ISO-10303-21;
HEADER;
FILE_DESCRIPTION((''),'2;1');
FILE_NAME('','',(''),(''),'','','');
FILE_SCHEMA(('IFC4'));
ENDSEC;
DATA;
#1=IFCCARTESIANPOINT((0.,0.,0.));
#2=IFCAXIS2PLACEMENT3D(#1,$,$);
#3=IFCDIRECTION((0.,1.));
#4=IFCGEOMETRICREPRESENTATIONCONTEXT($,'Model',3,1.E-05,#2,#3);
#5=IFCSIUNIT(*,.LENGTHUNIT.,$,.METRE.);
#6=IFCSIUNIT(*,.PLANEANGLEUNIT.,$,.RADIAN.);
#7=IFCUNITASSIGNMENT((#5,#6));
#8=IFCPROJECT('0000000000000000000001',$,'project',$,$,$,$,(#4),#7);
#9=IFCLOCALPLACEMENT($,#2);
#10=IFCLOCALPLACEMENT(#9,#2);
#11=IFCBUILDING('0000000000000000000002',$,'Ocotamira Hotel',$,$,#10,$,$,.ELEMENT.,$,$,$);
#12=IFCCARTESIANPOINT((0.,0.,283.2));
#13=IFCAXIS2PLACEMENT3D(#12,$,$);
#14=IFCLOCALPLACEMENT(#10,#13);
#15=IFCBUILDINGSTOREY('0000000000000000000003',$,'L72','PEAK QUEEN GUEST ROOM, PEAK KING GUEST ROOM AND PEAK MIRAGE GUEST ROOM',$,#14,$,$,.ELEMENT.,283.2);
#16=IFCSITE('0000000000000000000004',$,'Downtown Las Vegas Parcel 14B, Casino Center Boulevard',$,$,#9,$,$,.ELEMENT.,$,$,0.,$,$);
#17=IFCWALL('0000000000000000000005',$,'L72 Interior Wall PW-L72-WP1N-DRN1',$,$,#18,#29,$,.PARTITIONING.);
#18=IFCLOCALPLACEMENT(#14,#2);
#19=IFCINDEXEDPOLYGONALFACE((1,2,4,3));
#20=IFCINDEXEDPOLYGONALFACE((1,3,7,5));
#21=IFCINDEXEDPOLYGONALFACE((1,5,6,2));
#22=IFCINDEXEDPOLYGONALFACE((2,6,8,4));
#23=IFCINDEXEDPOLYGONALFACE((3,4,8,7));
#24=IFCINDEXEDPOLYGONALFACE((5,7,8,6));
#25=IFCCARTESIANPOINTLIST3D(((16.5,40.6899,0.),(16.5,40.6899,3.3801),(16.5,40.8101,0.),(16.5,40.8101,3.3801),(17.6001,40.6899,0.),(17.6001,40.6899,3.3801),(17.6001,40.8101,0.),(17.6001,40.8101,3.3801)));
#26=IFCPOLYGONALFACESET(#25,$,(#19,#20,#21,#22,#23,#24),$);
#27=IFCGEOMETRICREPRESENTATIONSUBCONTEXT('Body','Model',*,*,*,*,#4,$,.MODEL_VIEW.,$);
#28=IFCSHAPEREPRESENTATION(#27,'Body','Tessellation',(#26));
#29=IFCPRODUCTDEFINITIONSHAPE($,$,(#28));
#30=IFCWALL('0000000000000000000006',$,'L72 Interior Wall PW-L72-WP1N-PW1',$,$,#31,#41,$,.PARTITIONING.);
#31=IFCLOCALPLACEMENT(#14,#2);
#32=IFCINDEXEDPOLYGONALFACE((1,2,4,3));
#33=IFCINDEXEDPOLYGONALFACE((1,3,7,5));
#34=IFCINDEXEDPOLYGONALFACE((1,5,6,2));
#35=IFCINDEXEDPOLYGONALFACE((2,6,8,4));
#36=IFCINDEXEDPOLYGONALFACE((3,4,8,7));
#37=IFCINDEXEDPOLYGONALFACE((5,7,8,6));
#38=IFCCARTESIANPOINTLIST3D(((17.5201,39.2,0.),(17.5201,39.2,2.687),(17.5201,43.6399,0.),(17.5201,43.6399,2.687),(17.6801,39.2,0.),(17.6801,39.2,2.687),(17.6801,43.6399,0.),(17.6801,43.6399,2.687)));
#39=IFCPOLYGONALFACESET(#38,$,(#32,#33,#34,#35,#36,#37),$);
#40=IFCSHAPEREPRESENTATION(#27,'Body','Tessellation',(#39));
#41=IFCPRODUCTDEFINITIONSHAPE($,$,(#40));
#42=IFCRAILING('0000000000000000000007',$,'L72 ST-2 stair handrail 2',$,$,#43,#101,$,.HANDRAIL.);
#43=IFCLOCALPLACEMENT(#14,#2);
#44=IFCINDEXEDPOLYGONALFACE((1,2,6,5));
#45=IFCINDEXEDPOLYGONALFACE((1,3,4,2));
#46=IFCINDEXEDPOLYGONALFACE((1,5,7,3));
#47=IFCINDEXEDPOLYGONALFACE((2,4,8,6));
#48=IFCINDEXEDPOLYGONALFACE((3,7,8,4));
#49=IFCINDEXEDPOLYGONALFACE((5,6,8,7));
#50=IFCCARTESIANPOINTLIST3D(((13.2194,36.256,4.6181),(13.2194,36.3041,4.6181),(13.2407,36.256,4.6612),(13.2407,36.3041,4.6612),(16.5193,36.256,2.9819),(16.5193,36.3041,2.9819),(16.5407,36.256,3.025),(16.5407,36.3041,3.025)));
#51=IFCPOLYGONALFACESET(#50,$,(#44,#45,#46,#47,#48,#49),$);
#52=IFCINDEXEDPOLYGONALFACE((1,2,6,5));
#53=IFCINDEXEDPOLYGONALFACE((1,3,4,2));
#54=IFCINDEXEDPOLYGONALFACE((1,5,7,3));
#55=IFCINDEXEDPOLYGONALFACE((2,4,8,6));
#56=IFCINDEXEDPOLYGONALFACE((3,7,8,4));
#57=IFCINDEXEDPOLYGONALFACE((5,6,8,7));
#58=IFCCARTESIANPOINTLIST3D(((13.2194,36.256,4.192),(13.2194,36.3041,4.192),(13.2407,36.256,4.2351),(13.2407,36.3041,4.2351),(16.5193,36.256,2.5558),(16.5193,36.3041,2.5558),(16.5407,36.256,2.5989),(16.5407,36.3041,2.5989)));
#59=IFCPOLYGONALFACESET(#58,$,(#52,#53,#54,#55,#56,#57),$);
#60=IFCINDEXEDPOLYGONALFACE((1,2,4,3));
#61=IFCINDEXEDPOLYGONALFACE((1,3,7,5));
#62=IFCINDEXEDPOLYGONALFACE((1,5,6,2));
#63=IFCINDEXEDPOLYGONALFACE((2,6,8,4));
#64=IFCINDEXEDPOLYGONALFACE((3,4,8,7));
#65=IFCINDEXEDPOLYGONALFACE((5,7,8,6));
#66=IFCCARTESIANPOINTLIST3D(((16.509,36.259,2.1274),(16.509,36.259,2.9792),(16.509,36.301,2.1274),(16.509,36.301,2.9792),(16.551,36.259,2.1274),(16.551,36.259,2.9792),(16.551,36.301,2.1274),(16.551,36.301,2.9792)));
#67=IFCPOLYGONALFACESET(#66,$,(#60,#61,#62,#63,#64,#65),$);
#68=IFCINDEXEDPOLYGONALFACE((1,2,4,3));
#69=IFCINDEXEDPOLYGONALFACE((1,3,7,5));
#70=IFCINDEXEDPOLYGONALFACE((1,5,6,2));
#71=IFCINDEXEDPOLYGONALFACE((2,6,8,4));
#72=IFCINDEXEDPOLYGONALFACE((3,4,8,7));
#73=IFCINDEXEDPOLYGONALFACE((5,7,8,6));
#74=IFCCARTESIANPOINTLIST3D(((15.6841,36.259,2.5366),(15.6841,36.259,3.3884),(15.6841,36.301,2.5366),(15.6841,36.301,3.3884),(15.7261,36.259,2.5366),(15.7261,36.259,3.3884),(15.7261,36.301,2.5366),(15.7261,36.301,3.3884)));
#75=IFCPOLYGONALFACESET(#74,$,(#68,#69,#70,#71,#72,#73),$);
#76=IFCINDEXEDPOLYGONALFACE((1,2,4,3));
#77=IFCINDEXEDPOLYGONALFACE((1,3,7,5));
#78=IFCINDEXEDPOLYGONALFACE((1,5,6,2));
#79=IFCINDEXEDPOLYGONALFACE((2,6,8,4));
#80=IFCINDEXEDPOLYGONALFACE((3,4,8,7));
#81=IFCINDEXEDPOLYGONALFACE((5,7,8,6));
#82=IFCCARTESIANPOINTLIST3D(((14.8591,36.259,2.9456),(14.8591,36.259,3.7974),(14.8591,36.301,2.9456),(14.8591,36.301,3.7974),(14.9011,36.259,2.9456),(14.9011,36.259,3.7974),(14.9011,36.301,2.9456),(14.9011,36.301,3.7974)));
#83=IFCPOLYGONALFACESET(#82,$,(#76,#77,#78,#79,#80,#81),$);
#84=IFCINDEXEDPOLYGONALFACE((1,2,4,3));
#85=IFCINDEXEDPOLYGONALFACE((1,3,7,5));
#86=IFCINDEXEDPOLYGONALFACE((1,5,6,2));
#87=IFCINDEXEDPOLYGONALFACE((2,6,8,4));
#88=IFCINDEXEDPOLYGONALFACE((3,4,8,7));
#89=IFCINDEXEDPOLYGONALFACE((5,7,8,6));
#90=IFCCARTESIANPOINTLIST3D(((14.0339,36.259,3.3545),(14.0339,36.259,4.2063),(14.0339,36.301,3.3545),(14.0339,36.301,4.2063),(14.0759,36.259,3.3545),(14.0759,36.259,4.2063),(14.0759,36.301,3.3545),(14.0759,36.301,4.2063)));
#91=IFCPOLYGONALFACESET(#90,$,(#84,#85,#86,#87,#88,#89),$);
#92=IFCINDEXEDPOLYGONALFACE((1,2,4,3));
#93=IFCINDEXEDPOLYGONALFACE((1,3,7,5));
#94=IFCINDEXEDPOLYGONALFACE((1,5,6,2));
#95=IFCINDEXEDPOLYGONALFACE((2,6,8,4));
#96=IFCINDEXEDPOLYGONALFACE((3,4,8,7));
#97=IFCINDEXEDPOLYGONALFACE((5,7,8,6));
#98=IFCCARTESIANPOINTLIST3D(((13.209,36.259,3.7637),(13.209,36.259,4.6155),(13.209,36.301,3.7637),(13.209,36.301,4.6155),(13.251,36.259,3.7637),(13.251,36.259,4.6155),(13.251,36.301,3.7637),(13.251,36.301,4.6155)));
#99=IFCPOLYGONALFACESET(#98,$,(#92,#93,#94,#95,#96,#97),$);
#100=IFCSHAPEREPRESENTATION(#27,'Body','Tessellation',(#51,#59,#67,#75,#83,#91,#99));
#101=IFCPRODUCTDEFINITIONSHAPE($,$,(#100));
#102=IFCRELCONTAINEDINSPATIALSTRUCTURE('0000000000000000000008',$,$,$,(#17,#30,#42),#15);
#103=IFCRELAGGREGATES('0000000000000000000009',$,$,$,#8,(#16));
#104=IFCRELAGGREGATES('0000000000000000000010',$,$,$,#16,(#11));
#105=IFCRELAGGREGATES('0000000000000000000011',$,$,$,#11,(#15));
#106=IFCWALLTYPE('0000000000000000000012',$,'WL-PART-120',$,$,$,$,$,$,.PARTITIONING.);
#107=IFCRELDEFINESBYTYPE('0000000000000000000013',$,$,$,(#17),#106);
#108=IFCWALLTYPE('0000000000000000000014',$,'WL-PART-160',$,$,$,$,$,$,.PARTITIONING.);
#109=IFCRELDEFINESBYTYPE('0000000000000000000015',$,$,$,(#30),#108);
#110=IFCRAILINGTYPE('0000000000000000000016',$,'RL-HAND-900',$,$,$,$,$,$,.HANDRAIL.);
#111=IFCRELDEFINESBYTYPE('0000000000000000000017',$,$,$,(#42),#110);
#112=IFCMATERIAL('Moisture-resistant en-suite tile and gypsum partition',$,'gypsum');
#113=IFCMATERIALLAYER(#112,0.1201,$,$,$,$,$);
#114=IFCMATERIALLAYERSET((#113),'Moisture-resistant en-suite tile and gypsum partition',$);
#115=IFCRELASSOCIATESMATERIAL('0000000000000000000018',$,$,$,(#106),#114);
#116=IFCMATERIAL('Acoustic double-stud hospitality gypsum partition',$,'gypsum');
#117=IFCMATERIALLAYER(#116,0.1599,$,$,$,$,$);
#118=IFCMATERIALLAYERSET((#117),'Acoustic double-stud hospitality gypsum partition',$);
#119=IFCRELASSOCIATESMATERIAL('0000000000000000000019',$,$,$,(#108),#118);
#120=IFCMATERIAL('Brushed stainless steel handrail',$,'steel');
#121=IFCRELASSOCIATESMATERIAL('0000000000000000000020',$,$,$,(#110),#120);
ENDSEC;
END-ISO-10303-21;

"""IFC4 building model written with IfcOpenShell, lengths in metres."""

from ifc_helpers import new_model, si_unit, direction, frame, frame_2d, origin, origin_2d, place, context, subcontext, project, spatial, rectangle, extrude, material, layer, layer_set, type_object, element, save


model = new_model("IFC4")

# Units and contexts
model_context = context("Model", 3, precision=1e-05, world=origin(), true_north=direction((0.0, 1.0)))
body_context = subcontext(model_context, "Body", "Model", "MODEL_VIEW")
ifc_project = project(units=[si_unit("LENGTHUNIT", "METRE"), si_unit("PLANEANGLEUNIT", "RADIAN")], contexts=[model_context])

# Site, building, storey
site_placement = place(None, origin())
site = spatial("IfcSite", under=ifc_project, at=site_placement, Name="Downtown Las Vegas Parcel 14B, Casino Center Boulevard", CompositionType="ELEMENT", RefElevation=0.0)
building_placement = place(site_placement, origin())
building = spatial("IfcBuilding", under=site, at=building_placement, Name="Ocotamira Hotel", CompositionType="ELEMENT")
storey_placement = place(building_placement, frame((0.0, 0.0, 283.2)))
storey = spatial("IfcBuildingStorey", under=building, at=storey_placement, Name="L72", Description="PEAK QUEEN GUEST ROOM, PEAK KING GUEST ROOM AND PEAK MIRAGE GUEST ROOM", CompositionType="ELEMENT", Elevation=283.2)

# Shared definitions
ifc_material_1 = material(Name="Moisture-resistant en-suite tile and gypsum partition", Category="gypsum")
ifc_layer_1 = layer(ifc_material_1, 0.1201)
ifc_layer_set_1 = layer_set([ifc_layer_1], Name="Moisture-resistant en-suite tile and gypsum partition")
wall_type_1 = type_object("IfcWallType", Name="WL-PART-120", PredefinedType="PARTITIONING", material=ifc_layer_set_1)

# Walls
wall_1_placement = place(storey_placement, frame((16.5, 40.75, 0.0), z_axis=(0.0, 0.0, 1.0), x_axis=(1.0, 0.0, 0.0)))
element("IfcWall", 1, at=wall_1_placement, inside=storey, type_object=wall_type_1, Name="L72 Interior Wall PW-L72-WP1N-DRN1", PredefinedType="PARTITIONING", context=body_context, shape_type="SweptSolid", body=[
    extrude(rectangle(XDim=1.1001, YDim=0.1201, at=frame_2d((0.55, 0.0))), origin(), (0.0, 0.0, 1.0), 3.3801),
])
ifc_material_2 = material(Name="Acoustic double-stud hospitality gypsum partition", Category="gypsum")
ifc_layer_2 = layer(ifc_material_2, 0.1599)
ifc_layer_set_2 = layer_set([ifc_layer_2], Name="Acoustic double-stud hospitality gypsum partition")
wall_type_2 = type_object("IfcWallType", Name="WL-PART-160", PredefinedType="PARTITIONING", material=ifc_layer_set_2)
wall_2_placement = place(storey_placement, frame((17.6001, 39.2, 0.0), z_axis=(0.0, 0.0, 1.0), x_axis=(0.0, 1.0, 0.0)))
element("IfcWall", 2, at=wall_2_placement, inside=storey, type_object=wall_type_2, Name="L72 Interior Wall PW-L72-WP1N-PW1", PredefinedType="PARTITIONING", context=body_context, shape_type="SweptSolid", body=[
    extrude(rectangle(XDim=4.4399, YDim=0.1599, at=frame_2d((2.22, 0.0))), origin(), (0.0, 0.0, 1.0), 2.687),
])

# Railing
ifc_material_3 = material(Name="Brushed stainless steel handrail", Category="steel")
railing_type = type_object("IfcRailingType", Name="RL-HAND-900", PredefinedType="HANDRAIL", material=ifc_material_3)
railing_placement = place(storey_placement, frame((16.53, 36.28, 2.1274)))
element("IfcRailing", 3, at=railing_placement, inside=storey, type_object=railing_type, Name="L72 ST-2 stair handrail 2", PredefinedType="HANDRAIL", context=body_context, shape_type="SweptSolid", body=[
    extrude(rectangle(XDim=0.0481, YDim=0.0481, at=origin_2d()), frame((0.0, 0.0, 0.876), z_axis=(-0.89592, 0.0, 0.444215), x_axis=(0.0, -1.0, 0.0)), (0.0, 0.0, 1.0), 3.6833),
    extrude(rectangle(XDim=0.0481, YDim=0.0481, at=origin_2d()), frame((0.0, 0.0, 0.45), z_axis=(-0.89592, 0.0, 0.444215), x_axis=(0.0, -1.0, 0.0)), (0.0, 0.0, 1.0), 3.6833),
    extrude(rectangle(XDim=0.042, YDim=0.042, at=origin_2d()), origin(), (0.0, 0.0, 1.0), 0.8518),
    extrude(rectangle(XDim=0.042, YDim=0.042, at=origin_2d()), frame((-0.825, 0.0, 0.4092)), (0.0, 0.0, 1.0), 0.8518),
    extrude(rectangle(XDim=0.042, YDim=0.042, at=origin_2d()), frame((-1.6499, 0.0, 0.8181)), (0.0, 0.0, 1.0), 0.8518),
    extrude(rectangle(XDim=0.042, YDim=0.042, at=origin_2d()), frame((-2.4751, 0.0, 1.2271)), (0.0, 0.0, 1.0), 0.8518),
    extrude(rectangle(XDim=0.042, YDim=0.042, at=origin_2d()), frame((-3.3, 0.0, 1.6362)), (0.0, 0.0, 1.0), 0.8518),
])

save(model, "model.ifc")
